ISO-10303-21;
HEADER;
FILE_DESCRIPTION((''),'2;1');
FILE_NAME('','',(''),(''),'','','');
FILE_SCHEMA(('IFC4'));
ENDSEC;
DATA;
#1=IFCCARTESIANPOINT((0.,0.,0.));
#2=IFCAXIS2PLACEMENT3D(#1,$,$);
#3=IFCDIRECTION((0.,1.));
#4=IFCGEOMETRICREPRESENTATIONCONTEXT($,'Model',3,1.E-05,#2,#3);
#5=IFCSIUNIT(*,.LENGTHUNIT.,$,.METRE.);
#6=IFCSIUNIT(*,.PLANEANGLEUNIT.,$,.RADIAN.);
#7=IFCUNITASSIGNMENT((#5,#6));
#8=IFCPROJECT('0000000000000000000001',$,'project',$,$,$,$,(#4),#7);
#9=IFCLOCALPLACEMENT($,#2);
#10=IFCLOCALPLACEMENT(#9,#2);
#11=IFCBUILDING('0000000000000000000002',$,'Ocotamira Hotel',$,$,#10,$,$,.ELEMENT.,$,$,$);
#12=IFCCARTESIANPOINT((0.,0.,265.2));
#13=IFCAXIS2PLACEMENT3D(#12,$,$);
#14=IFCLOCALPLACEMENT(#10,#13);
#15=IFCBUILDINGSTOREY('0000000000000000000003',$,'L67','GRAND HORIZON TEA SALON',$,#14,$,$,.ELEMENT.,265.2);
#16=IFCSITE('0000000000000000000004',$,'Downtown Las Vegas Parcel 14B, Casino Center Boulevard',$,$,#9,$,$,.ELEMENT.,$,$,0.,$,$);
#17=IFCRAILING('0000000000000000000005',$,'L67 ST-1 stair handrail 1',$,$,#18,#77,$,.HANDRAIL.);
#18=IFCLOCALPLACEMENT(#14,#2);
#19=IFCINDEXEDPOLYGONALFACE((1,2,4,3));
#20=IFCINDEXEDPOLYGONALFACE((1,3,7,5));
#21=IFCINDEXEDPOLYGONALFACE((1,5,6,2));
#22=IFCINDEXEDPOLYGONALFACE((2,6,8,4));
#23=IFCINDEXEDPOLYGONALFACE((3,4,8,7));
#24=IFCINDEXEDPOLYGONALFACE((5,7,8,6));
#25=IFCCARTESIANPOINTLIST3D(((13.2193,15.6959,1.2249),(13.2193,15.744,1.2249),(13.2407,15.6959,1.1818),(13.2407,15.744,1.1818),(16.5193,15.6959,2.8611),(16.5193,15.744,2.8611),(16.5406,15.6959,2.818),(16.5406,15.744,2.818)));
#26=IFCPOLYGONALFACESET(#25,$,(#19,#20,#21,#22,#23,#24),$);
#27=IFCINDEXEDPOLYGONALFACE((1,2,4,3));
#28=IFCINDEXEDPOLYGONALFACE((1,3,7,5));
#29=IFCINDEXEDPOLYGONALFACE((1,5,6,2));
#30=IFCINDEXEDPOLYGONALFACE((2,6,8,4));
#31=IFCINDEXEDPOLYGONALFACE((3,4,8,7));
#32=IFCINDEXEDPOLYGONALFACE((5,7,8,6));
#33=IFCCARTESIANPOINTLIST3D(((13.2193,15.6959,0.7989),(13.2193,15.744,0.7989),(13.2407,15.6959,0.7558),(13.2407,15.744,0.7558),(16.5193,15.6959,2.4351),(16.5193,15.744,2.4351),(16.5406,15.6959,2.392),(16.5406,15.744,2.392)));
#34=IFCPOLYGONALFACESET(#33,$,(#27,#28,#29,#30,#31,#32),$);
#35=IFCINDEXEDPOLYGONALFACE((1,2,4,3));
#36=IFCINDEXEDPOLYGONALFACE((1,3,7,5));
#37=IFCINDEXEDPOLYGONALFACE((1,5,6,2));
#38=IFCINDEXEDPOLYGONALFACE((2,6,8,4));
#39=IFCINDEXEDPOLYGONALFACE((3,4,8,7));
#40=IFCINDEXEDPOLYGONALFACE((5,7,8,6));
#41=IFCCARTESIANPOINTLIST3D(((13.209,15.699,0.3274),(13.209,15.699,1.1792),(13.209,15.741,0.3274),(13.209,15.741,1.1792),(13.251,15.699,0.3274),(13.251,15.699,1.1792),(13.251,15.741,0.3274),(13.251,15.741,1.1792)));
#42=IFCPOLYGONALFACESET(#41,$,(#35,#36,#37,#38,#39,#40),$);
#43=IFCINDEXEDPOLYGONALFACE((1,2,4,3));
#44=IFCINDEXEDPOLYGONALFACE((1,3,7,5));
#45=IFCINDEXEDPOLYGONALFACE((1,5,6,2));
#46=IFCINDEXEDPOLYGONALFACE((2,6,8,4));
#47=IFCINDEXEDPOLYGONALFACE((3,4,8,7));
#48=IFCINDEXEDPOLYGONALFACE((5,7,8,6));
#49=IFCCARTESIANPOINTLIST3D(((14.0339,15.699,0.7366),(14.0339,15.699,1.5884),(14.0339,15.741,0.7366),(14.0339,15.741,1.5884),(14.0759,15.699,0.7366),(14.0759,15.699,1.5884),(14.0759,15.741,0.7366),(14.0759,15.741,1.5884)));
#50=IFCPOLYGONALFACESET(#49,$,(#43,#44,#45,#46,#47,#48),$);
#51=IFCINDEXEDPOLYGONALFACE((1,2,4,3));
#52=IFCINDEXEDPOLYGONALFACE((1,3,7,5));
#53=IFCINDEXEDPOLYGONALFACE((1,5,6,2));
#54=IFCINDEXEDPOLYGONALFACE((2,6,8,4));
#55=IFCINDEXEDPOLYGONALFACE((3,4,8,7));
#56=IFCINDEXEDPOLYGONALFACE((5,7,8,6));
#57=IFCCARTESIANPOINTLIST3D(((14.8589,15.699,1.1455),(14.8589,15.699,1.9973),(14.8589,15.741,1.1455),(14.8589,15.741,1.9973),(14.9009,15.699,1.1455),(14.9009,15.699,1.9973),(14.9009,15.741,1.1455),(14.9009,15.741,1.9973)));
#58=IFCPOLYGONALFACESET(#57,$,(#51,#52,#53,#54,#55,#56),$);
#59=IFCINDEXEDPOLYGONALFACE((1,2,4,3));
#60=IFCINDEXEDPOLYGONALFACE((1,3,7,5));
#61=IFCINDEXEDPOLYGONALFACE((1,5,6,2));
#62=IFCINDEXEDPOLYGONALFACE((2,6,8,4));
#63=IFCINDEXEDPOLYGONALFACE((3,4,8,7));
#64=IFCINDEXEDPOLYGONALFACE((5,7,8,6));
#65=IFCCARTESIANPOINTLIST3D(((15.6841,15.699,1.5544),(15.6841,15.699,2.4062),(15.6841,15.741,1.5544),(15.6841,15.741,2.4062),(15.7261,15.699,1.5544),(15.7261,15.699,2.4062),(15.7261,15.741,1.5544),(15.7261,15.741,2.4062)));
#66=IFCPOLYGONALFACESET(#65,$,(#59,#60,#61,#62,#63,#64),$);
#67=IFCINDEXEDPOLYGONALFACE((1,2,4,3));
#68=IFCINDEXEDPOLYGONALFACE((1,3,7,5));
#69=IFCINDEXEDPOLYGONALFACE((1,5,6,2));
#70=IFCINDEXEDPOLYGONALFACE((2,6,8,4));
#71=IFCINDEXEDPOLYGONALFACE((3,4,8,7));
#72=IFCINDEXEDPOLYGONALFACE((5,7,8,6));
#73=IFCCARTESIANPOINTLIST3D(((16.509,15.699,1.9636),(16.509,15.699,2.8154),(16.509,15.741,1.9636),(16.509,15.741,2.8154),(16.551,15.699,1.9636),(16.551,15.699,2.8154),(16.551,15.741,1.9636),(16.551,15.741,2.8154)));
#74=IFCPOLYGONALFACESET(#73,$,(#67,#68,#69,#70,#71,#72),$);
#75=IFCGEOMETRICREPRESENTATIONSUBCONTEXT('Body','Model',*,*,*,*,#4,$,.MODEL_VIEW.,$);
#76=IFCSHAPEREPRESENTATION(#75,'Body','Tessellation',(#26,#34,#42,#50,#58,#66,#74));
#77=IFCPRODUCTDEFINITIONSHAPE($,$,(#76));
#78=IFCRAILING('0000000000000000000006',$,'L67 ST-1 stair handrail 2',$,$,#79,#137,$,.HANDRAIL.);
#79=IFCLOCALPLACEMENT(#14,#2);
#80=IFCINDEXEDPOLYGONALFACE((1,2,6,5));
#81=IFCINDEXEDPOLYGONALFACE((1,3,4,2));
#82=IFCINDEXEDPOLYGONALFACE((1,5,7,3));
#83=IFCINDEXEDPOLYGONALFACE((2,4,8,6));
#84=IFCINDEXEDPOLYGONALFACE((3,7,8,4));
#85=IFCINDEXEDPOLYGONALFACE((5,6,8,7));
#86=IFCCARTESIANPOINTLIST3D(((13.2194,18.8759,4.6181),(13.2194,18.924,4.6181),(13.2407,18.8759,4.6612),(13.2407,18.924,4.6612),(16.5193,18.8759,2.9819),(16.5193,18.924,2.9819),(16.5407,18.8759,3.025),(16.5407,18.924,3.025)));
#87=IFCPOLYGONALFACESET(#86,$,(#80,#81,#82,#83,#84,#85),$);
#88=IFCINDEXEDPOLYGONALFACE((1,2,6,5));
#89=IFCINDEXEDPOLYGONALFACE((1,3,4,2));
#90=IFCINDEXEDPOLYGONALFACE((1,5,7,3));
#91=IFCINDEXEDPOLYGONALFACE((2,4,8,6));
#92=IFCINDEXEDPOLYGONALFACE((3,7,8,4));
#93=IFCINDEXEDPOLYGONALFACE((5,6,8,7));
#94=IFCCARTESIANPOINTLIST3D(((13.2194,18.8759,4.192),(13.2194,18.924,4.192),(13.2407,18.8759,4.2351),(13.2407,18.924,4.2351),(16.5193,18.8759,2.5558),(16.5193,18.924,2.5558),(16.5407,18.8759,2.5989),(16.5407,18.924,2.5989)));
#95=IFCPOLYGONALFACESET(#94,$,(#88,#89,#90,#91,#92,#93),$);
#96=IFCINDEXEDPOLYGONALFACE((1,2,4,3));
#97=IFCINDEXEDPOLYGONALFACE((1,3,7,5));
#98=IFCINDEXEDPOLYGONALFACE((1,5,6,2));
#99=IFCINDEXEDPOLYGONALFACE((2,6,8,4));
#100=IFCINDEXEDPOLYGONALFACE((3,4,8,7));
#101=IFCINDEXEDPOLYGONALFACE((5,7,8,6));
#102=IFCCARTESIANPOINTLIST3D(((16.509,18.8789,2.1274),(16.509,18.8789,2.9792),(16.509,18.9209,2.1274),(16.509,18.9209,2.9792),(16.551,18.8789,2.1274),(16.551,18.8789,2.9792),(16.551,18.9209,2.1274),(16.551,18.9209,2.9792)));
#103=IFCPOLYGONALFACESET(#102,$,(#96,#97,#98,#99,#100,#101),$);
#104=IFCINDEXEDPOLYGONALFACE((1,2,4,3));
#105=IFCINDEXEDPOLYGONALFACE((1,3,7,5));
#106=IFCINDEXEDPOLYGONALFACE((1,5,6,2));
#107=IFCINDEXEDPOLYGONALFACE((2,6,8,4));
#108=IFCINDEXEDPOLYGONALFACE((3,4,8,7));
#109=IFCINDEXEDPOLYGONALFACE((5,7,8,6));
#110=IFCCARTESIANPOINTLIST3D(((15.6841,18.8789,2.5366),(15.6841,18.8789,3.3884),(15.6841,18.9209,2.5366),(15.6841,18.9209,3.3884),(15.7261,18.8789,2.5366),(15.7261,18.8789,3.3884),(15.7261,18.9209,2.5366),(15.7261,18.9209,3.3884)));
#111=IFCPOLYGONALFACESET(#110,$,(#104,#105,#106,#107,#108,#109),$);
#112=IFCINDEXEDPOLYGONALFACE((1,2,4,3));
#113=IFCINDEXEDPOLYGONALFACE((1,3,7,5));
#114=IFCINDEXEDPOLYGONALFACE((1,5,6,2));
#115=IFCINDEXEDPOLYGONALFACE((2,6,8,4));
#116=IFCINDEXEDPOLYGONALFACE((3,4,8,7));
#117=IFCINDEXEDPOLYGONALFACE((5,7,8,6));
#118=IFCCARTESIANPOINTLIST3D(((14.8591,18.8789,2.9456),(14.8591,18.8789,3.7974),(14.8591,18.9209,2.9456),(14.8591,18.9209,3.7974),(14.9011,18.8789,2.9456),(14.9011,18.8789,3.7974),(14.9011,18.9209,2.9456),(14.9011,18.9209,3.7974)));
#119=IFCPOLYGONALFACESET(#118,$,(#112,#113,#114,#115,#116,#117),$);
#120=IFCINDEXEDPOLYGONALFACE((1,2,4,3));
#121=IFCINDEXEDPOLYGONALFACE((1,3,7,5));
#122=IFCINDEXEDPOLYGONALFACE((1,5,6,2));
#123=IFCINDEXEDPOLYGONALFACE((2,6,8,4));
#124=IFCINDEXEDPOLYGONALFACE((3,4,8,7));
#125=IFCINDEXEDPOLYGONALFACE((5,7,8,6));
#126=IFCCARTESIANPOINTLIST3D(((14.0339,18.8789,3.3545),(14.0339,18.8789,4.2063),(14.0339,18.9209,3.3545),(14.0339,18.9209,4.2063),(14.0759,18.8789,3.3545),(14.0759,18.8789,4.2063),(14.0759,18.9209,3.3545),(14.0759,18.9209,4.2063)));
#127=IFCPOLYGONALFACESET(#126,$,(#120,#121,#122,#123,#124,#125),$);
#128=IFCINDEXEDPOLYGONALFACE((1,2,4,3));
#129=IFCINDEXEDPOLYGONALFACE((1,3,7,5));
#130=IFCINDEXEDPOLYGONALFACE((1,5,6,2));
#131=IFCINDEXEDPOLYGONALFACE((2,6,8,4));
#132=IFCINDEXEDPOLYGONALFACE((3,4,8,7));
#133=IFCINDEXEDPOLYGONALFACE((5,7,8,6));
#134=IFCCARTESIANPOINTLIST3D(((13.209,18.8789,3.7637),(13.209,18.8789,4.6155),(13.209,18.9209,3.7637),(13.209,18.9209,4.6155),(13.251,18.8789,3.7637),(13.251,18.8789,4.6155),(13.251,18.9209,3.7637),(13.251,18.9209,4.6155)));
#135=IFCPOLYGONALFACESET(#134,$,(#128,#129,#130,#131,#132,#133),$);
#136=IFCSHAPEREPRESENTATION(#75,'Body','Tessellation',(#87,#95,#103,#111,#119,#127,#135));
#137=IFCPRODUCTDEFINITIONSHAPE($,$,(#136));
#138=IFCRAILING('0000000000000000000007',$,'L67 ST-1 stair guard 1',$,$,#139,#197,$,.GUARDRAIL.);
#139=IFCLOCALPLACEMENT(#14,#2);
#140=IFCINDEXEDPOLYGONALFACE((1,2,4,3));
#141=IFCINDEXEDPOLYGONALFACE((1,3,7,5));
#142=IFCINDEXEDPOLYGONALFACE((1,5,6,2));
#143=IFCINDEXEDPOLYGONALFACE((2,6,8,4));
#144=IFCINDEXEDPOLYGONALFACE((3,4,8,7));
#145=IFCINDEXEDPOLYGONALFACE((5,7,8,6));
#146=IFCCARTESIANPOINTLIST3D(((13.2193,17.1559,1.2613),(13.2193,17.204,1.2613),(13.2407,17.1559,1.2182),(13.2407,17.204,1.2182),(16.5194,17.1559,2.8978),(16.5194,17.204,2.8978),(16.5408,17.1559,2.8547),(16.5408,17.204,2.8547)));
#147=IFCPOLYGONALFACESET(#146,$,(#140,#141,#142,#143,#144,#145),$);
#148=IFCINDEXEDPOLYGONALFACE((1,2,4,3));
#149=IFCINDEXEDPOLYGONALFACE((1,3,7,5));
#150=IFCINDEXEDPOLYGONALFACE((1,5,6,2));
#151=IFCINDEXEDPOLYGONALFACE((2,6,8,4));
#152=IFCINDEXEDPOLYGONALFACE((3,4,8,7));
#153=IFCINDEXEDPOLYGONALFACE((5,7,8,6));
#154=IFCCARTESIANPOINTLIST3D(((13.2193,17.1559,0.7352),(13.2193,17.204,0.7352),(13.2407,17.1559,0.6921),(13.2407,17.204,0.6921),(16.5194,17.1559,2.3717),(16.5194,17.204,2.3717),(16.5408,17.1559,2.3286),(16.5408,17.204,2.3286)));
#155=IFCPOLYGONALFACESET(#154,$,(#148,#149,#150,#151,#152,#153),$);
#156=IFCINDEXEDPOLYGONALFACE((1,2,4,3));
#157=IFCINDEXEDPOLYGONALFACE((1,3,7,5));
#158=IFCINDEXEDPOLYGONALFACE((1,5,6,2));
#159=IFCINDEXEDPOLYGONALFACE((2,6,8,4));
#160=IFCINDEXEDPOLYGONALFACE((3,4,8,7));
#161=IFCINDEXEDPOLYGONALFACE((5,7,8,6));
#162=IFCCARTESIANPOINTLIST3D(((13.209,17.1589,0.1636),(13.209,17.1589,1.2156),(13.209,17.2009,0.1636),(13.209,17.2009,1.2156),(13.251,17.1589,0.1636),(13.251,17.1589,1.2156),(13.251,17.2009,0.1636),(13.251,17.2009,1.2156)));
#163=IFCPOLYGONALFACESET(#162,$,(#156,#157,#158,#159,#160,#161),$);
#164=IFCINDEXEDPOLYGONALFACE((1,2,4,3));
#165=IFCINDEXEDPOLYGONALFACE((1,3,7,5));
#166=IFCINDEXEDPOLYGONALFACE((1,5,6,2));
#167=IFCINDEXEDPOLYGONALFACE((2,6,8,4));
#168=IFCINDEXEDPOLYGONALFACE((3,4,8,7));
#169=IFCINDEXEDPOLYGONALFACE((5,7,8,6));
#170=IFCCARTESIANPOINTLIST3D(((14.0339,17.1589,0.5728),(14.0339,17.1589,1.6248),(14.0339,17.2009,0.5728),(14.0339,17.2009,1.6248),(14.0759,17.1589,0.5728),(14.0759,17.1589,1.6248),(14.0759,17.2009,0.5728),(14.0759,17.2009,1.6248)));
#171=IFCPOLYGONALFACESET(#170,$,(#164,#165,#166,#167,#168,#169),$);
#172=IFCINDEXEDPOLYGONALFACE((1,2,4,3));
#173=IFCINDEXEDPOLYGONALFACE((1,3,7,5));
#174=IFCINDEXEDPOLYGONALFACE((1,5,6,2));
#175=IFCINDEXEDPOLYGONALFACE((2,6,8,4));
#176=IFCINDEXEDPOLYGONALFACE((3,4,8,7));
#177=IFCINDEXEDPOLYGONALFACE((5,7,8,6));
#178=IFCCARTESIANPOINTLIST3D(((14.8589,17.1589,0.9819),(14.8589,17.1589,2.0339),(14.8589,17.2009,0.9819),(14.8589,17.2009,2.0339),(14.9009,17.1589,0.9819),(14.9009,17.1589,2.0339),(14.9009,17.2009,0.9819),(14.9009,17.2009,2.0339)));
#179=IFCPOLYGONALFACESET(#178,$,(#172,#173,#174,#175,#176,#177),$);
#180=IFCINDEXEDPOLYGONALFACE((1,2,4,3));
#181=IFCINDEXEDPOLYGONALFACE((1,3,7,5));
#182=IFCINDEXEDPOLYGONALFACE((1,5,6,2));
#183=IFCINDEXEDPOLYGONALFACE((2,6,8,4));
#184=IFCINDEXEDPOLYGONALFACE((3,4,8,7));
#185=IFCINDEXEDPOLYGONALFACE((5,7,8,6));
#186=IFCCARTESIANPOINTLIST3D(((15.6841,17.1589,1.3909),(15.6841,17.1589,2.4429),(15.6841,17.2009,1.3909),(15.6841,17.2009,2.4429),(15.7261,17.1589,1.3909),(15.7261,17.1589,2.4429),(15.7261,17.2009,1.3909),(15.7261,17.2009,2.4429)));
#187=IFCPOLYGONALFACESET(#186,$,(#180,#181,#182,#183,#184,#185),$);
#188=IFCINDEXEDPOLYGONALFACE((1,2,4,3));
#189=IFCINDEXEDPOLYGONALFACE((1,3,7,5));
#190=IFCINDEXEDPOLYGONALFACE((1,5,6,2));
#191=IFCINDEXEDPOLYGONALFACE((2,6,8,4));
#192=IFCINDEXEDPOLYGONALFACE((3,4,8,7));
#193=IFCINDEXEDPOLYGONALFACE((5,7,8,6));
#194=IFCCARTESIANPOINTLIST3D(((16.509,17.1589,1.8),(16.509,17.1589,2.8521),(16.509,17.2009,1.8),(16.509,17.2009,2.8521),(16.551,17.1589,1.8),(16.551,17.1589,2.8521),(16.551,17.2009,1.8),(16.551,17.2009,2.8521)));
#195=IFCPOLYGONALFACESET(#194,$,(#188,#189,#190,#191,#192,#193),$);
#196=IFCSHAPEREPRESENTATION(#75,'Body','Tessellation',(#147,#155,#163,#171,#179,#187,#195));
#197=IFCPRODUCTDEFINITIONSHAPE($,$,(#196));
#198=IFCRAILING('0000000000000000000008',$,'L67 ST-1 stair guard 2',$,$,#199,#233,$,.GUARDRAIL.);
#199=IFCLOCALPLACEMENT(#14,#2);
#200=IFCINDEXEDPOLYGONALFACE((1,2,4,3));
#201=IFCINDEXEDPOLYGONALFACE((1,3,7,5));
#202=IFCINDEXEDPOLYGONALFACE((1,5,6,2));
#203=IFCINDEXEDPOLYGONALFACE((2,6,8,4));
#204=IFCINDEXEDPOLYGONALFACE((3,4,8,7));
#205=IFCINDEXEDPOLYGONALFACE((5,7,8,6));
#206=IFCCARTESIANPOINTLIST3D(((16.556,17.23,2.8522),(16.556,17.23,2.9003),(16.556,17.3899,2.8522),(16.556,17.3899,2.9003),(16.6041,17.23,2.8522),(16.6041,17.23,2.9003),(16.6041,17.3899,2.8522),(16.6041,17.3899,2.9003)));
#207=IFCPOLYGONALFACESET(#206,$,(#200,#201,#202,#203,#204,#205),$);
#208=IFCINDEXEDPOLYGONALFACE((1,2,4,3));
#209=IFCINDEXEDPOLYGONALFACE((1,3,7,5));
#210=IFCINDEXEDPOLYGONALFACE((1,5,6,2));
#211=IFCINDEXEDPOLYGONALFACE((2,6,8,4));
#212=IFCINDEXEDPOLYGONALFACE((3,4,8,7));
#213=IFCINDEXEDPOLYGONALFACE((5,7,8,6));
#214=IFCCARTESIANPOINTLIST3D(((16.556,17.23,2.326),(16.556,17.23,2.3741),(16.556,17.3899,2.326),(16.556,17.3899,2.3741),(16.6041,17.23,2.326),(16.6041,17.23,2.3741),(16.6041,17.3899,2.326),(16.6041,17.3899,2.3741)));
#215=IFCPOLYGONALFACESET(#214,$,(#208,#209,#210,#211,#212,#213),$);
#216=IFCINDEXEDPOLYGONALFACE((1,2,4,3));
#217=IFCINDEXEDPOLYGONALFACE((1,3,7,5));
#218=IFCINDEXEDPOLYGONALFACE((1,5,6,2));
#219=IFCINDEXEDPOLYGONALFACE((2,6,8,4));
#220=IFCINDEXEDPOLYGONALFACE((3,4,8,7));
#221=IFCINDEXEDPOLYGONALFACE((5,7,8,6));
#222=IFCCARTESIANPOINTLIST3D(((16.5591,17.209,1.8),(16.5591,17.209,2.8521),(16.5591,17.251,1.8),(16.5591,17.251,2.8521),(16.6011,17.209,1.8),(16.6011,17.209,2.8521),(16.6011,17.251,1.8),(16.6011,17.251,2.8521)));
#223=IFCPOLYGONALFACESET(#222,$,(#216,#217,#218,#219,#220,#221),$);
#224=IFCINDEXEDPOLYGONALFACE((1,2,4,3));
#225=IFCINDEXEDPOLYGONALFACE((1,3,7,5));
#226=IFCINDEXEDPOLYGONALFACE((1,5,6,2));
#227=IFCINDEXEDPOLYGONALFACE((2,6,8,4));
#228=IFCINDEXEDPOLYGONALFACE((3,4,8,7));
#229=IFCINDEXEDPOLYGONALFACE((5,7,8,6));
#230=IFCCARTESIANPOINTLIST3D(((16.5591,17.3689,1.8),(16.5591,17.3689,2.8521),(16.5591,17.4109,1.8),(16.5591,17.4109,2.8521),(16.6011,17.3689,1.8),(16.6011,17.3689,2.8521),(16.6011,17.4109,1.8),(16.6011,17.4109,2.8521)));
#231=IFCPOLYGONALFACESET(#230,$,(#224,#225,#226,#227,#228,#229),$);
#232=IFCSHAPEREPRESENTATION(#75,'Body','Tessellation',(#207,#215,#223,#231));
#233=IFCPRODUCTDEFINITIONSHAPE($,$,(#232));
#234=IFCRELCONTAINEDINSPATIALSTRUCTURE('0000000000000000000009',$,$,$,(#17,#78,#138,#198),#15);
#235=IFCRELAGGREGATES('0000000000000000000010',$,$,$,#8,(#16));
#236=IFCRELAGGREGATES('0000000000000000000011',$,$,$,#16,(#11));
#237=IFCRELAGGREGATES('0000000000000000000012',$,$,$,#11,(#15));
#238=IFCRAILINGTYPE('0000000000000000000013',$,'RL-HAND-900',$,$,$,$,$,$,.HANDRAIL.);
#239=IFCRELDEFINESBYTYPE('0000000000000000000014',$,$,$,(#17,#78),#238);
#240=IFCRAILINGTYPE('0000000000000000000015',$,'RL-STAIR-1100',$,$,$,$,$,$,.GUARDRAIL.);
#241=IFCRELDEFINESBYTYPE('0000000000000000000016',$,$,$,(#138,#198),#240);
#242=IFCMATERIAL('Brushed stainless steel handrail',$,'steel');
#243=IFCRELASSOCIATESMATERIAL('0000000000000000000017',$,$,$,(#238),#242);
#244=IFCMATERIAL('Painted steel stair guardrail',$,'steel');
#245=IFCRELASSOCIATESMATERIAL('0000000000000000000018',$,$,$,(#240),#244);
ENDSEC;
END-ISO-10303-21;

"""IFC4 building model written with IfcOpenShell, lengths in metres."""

from ifc_helpers import new_model, si_unit, direction, frame, origin, origin_2d, place, context, subcontext, project, spatial, rectangle, extrude, material, type_object, element, save


model = new_model("IFC4")

# Units and contexts
model_context = context("Model", 3, precision=1e-05, world=origin(), true_north=direction((0.0, 1.0)))
body_context = subcontext(model_context, "Body", "Model", "MODEL_VIEW")
ifc_project = project(units=[si_unit("LENGTHUNIT", "METRE"), si_unit("PLANEANGLEUNIT", "RADIAN")], contexts=[model_context])

# Site, building, storey
site_placement = place(None, origin())
site = spatial("IfcSite", under=ifc_project, at=site_placement, Name="Downtown Las Vegas Parcel 14B, Casino Center Boulevard", CompositionType="ELEMENT", RefElevation=0.0)
building_placement = place(site_placement, origin())
building = spatial("IfcBuilding", under=site, at=building_placement, Name="Ocotamira Hotel", CompositionType="ELEMENT")
storey_placement = place(building_placement, frame((0.0, 0.0, 265.2)))
storey = spatial("IfcBuildingStorey", under=building, at=storey_placement, Name="L67", Description="GRAND HORIZON TEA SALON", CompositionType="ELEMENT", Elevation=265.2)

# Railings
ifc_material_1 = material(Name="Brushed stainless steel handrail", Category="steel")
railing_type_1 = type_object("IfcRailingType", Name="RL-HAND-900", PredefinedType="HANDRAIL", material=ifc_material_1)
railing_1_placement = place(storey_placement, frame((13.23, 15.72, 0.3274)))
element("IfcRailing", 1, at=railing_1_placement, inside=storey, type_object=railing_type_1, Name="L67 ST-1 stair handrail 1", PredefinedType="HANDRAIL", context=body_context, shape_type="SweptSolid", body=[
    extrude(rectangle(XDim=0.0481, YDim=0.0481, at=origin_2d()), frame((0.0, 0.0, 0.876), z_axis=(0.89592, 0.0, 0.444215), x_axis=(0.0, 1.0, 0.0)), (0.0, 0.0, 1.0), 3.6833),
    extrude(rectangle(XDim=0.0481, YDim=0.0481, at=origin_2d()), frame((0.0, 0.0, 0.45), z_axis=(0.89592, 0.0, 0.444215), x_axis=(0.0, 1.0, 0.0)), (0.0, 0.0, 1.0), 3.6833),
    extrude(rectangle(XDim=0.042, YDim=0.042, at=origin_2d()), origin(), (0.0, 0.0, 1.0), 0.8518),
    extrude(rectangle(XDim=0.042, YDim=0.042, at=origin_2d()), frame((0.825, 0.0, 0.4092)), (0.0, 0.0, 1.0), 0.8518),
    extrude(rectangle(XDim=0.042, YDim=0.042, at=origin_2d()), frame((1.6499, 0.0, 0.8181)), (0.0, 0.0, 1.0), 0.8518),
    extrude(rectangle(XDim=0.042, YDim=0.042, at=origin_2d()), frame((2.4751, 0.0, 1.2271)), (0.0, 0.0, 1.0), 0.8518),
    extrude(rectangle(XDim=0.042, YDim=0.042, at=origin_2d()), frame((3.3, 0.0, 1.6362)), (0.0, 0.0, 1.0), 0.8518),
])
railing_2_placement = place(storey_placement, frame((16.53, 18.8999, 2.1274)))
element("IfcRailing", 2, at=railing_2_placement, inside=storey, type_object=railing_type_1, Name="L67 ST-1 stair handrail 2", PredefinedType="HANDRAIL", context=body_context, shape_type="SweptSolid", body=[
    extrude(rectangle(XDim=0.0481, YDim=0.0481, at=origin_2d()), frame((0.0, 0.0, 0.876), z_axis=(-0.89592, 0.0, 0.444215), x_axis=(0.0, -1.0, 0.0)), (0.0, 0.0, 1.0), 3.6833),
    extrude(rectangle(XDim=0.0481, YDim=0.0481, at=origin_2d()), frame((0.0, 0.0, 0.45), z_axis=(-0.89592, 0.0, 0.444215), x_axis=(0.0, -1.0, 0.0)), (0.0, 0.0, 1.0), 3.6833),
    extrude(rectangle(XDim=0.042, YDim=0.042, at=origin_2d()), origin(), (0.0, 0.0, 1.0), 0.8518),
    extrude(rectangle(XDim=0.042, YDim=0.042, at=origin_2d()), frame((-0.825, 0.0, 0.4092)), (0.0, 0.0, 1.0), 0.8518),
    extrude(rectangle(XDim=0.042, YDim=0.042, at=origin_2d()), frame((-1.6499, 0.0, 0.8181)), (0.0, 0.0, 1.0), 0.8518),
    extrude(rectangle(XDim=0.042, YDim=0.042, at=origin_2d()), frame((-2.4751, 0.0, 1.2271)), (0.0, 0.0, 1.0), 0.8518),
    extrude(rectangle(XDim=0.042, YDim=0.042, at=origin_2d()), frame((-3.3, 0.0, 1.6362)), (0.0, 0.0, 1.0), 0.8518),
])
ifc_material_2 = material(Name="Painted steel stair guardrail", Category="steel")
railing_type_2 = type_object("IfcRailingType", Name="RL-STAIR-1100", PredefinedType="GUARDRAIL", material=ifc_material_2)
railing_3_placement = place(storey_placement, frame((13.23, 17.1799, 0.1636)))
element("IfcRailing", 3, at=railing_3_placement, inside=storey, type_object=railing_type_2, Name="L67 ST-1 stair guard 1", PredefinedType="GUARDRAIL", context=body_context, shape_type="SweptSolid", body=[
    extrude(rectangle(XDim=0.0481, YDim=0.0481, at=origin_2d()), frame((0.0, 0.0, 1.0762), z_axis=(0.895894, 0.0, 0.444268), x_axis=(0.0, 1.0, 0.0)), (0.0, 0.0, 1.0), 3.6836),
    extrude(rectangle(XDim=0.0481, YDim=0.0481, at=origin_2d()), frame((0.0, 0.0, 0.55), z_axis=(0.895894, 0.0, 0.444268), x_axis=(0.0, 1.0, 0.0)), (0.0, 0.0, 1.0), 3.6836),
    extrude(rectangle(XDim=0.042, YDim=0.042, at=origin_2d()), origin(), (0.0, 0.0, 1.0), 1.052),
    extrude(rectangle(XDim=0.042, YDim=0.042, at=origin_2d()), frame((0.825, 0.0, 0.4092)), (0.0, 0.0, 1.0), 1.052),
    extrude(rectangle(XDim=0.042, YDim=0.042, at=origin_2d()), frame((1.6499, 0.0, 0.8184)), (0.0, 0.0, 1.0), 1.052),
    extrude(rectangle(XDim=0.042, YDim=0.042, at=origin_2d()), frame((2.4751, 0.0, 1.2273)), (0.0, 0.0, 1.0), 1.052),
    extrude(rectangle(XDim=0.042, YDim=0.042, at=origin_2d()), frame((3.3, 0.0, 1.6365)), (0.0, 0.0, 1.0), 1.052),
])
railing_4_placement = place(storey_placement, frame((16.5801, 17.23, 1.8)))
element("IfcRailing", 4, at=railing_4_placement, inside=storey, type_object=railing_type_2, Name="L67 ST-1 stair guard 2", PredefinedType="GUARDRAIL", context=body_context, shape_type="SweptSolid", body=[
    extrude(rectangle(XDim=0.0481, YDim=0.0481, at=origin_2d()), frame((0.0, 0.0, 1.0762), z_axis=(0.0, 1.0, 0.0), x_axis=(-1.0, 0.0, 0.0)), (0.0, 0.0, 1.0), 0.1599),
    extrude(rectangle(XDim=0.0481, YDim=0.0481, at=origin_2d()), frame((0.0, 0.0, 0.55), z_axis=(0.0, 1.0, 0.0), x_axis=(-1.0, 0.0, 0.0)), (0.0, 0.0, 1.0), 0.1599),
    extrude(rectangle(XDim=0.042, YDim=0.042, at=origin_2d()), origin(), (0.0, 0.0, 1.0), 1.052),
    extrude(rectangle(XDim=0.042, YDim=0.042, at=origin_2d()), frame((0.0, 0.1599, 0.0)), (0.0, 0.0, 1.0), 1.052),
])

save(model, "model.ifc")
